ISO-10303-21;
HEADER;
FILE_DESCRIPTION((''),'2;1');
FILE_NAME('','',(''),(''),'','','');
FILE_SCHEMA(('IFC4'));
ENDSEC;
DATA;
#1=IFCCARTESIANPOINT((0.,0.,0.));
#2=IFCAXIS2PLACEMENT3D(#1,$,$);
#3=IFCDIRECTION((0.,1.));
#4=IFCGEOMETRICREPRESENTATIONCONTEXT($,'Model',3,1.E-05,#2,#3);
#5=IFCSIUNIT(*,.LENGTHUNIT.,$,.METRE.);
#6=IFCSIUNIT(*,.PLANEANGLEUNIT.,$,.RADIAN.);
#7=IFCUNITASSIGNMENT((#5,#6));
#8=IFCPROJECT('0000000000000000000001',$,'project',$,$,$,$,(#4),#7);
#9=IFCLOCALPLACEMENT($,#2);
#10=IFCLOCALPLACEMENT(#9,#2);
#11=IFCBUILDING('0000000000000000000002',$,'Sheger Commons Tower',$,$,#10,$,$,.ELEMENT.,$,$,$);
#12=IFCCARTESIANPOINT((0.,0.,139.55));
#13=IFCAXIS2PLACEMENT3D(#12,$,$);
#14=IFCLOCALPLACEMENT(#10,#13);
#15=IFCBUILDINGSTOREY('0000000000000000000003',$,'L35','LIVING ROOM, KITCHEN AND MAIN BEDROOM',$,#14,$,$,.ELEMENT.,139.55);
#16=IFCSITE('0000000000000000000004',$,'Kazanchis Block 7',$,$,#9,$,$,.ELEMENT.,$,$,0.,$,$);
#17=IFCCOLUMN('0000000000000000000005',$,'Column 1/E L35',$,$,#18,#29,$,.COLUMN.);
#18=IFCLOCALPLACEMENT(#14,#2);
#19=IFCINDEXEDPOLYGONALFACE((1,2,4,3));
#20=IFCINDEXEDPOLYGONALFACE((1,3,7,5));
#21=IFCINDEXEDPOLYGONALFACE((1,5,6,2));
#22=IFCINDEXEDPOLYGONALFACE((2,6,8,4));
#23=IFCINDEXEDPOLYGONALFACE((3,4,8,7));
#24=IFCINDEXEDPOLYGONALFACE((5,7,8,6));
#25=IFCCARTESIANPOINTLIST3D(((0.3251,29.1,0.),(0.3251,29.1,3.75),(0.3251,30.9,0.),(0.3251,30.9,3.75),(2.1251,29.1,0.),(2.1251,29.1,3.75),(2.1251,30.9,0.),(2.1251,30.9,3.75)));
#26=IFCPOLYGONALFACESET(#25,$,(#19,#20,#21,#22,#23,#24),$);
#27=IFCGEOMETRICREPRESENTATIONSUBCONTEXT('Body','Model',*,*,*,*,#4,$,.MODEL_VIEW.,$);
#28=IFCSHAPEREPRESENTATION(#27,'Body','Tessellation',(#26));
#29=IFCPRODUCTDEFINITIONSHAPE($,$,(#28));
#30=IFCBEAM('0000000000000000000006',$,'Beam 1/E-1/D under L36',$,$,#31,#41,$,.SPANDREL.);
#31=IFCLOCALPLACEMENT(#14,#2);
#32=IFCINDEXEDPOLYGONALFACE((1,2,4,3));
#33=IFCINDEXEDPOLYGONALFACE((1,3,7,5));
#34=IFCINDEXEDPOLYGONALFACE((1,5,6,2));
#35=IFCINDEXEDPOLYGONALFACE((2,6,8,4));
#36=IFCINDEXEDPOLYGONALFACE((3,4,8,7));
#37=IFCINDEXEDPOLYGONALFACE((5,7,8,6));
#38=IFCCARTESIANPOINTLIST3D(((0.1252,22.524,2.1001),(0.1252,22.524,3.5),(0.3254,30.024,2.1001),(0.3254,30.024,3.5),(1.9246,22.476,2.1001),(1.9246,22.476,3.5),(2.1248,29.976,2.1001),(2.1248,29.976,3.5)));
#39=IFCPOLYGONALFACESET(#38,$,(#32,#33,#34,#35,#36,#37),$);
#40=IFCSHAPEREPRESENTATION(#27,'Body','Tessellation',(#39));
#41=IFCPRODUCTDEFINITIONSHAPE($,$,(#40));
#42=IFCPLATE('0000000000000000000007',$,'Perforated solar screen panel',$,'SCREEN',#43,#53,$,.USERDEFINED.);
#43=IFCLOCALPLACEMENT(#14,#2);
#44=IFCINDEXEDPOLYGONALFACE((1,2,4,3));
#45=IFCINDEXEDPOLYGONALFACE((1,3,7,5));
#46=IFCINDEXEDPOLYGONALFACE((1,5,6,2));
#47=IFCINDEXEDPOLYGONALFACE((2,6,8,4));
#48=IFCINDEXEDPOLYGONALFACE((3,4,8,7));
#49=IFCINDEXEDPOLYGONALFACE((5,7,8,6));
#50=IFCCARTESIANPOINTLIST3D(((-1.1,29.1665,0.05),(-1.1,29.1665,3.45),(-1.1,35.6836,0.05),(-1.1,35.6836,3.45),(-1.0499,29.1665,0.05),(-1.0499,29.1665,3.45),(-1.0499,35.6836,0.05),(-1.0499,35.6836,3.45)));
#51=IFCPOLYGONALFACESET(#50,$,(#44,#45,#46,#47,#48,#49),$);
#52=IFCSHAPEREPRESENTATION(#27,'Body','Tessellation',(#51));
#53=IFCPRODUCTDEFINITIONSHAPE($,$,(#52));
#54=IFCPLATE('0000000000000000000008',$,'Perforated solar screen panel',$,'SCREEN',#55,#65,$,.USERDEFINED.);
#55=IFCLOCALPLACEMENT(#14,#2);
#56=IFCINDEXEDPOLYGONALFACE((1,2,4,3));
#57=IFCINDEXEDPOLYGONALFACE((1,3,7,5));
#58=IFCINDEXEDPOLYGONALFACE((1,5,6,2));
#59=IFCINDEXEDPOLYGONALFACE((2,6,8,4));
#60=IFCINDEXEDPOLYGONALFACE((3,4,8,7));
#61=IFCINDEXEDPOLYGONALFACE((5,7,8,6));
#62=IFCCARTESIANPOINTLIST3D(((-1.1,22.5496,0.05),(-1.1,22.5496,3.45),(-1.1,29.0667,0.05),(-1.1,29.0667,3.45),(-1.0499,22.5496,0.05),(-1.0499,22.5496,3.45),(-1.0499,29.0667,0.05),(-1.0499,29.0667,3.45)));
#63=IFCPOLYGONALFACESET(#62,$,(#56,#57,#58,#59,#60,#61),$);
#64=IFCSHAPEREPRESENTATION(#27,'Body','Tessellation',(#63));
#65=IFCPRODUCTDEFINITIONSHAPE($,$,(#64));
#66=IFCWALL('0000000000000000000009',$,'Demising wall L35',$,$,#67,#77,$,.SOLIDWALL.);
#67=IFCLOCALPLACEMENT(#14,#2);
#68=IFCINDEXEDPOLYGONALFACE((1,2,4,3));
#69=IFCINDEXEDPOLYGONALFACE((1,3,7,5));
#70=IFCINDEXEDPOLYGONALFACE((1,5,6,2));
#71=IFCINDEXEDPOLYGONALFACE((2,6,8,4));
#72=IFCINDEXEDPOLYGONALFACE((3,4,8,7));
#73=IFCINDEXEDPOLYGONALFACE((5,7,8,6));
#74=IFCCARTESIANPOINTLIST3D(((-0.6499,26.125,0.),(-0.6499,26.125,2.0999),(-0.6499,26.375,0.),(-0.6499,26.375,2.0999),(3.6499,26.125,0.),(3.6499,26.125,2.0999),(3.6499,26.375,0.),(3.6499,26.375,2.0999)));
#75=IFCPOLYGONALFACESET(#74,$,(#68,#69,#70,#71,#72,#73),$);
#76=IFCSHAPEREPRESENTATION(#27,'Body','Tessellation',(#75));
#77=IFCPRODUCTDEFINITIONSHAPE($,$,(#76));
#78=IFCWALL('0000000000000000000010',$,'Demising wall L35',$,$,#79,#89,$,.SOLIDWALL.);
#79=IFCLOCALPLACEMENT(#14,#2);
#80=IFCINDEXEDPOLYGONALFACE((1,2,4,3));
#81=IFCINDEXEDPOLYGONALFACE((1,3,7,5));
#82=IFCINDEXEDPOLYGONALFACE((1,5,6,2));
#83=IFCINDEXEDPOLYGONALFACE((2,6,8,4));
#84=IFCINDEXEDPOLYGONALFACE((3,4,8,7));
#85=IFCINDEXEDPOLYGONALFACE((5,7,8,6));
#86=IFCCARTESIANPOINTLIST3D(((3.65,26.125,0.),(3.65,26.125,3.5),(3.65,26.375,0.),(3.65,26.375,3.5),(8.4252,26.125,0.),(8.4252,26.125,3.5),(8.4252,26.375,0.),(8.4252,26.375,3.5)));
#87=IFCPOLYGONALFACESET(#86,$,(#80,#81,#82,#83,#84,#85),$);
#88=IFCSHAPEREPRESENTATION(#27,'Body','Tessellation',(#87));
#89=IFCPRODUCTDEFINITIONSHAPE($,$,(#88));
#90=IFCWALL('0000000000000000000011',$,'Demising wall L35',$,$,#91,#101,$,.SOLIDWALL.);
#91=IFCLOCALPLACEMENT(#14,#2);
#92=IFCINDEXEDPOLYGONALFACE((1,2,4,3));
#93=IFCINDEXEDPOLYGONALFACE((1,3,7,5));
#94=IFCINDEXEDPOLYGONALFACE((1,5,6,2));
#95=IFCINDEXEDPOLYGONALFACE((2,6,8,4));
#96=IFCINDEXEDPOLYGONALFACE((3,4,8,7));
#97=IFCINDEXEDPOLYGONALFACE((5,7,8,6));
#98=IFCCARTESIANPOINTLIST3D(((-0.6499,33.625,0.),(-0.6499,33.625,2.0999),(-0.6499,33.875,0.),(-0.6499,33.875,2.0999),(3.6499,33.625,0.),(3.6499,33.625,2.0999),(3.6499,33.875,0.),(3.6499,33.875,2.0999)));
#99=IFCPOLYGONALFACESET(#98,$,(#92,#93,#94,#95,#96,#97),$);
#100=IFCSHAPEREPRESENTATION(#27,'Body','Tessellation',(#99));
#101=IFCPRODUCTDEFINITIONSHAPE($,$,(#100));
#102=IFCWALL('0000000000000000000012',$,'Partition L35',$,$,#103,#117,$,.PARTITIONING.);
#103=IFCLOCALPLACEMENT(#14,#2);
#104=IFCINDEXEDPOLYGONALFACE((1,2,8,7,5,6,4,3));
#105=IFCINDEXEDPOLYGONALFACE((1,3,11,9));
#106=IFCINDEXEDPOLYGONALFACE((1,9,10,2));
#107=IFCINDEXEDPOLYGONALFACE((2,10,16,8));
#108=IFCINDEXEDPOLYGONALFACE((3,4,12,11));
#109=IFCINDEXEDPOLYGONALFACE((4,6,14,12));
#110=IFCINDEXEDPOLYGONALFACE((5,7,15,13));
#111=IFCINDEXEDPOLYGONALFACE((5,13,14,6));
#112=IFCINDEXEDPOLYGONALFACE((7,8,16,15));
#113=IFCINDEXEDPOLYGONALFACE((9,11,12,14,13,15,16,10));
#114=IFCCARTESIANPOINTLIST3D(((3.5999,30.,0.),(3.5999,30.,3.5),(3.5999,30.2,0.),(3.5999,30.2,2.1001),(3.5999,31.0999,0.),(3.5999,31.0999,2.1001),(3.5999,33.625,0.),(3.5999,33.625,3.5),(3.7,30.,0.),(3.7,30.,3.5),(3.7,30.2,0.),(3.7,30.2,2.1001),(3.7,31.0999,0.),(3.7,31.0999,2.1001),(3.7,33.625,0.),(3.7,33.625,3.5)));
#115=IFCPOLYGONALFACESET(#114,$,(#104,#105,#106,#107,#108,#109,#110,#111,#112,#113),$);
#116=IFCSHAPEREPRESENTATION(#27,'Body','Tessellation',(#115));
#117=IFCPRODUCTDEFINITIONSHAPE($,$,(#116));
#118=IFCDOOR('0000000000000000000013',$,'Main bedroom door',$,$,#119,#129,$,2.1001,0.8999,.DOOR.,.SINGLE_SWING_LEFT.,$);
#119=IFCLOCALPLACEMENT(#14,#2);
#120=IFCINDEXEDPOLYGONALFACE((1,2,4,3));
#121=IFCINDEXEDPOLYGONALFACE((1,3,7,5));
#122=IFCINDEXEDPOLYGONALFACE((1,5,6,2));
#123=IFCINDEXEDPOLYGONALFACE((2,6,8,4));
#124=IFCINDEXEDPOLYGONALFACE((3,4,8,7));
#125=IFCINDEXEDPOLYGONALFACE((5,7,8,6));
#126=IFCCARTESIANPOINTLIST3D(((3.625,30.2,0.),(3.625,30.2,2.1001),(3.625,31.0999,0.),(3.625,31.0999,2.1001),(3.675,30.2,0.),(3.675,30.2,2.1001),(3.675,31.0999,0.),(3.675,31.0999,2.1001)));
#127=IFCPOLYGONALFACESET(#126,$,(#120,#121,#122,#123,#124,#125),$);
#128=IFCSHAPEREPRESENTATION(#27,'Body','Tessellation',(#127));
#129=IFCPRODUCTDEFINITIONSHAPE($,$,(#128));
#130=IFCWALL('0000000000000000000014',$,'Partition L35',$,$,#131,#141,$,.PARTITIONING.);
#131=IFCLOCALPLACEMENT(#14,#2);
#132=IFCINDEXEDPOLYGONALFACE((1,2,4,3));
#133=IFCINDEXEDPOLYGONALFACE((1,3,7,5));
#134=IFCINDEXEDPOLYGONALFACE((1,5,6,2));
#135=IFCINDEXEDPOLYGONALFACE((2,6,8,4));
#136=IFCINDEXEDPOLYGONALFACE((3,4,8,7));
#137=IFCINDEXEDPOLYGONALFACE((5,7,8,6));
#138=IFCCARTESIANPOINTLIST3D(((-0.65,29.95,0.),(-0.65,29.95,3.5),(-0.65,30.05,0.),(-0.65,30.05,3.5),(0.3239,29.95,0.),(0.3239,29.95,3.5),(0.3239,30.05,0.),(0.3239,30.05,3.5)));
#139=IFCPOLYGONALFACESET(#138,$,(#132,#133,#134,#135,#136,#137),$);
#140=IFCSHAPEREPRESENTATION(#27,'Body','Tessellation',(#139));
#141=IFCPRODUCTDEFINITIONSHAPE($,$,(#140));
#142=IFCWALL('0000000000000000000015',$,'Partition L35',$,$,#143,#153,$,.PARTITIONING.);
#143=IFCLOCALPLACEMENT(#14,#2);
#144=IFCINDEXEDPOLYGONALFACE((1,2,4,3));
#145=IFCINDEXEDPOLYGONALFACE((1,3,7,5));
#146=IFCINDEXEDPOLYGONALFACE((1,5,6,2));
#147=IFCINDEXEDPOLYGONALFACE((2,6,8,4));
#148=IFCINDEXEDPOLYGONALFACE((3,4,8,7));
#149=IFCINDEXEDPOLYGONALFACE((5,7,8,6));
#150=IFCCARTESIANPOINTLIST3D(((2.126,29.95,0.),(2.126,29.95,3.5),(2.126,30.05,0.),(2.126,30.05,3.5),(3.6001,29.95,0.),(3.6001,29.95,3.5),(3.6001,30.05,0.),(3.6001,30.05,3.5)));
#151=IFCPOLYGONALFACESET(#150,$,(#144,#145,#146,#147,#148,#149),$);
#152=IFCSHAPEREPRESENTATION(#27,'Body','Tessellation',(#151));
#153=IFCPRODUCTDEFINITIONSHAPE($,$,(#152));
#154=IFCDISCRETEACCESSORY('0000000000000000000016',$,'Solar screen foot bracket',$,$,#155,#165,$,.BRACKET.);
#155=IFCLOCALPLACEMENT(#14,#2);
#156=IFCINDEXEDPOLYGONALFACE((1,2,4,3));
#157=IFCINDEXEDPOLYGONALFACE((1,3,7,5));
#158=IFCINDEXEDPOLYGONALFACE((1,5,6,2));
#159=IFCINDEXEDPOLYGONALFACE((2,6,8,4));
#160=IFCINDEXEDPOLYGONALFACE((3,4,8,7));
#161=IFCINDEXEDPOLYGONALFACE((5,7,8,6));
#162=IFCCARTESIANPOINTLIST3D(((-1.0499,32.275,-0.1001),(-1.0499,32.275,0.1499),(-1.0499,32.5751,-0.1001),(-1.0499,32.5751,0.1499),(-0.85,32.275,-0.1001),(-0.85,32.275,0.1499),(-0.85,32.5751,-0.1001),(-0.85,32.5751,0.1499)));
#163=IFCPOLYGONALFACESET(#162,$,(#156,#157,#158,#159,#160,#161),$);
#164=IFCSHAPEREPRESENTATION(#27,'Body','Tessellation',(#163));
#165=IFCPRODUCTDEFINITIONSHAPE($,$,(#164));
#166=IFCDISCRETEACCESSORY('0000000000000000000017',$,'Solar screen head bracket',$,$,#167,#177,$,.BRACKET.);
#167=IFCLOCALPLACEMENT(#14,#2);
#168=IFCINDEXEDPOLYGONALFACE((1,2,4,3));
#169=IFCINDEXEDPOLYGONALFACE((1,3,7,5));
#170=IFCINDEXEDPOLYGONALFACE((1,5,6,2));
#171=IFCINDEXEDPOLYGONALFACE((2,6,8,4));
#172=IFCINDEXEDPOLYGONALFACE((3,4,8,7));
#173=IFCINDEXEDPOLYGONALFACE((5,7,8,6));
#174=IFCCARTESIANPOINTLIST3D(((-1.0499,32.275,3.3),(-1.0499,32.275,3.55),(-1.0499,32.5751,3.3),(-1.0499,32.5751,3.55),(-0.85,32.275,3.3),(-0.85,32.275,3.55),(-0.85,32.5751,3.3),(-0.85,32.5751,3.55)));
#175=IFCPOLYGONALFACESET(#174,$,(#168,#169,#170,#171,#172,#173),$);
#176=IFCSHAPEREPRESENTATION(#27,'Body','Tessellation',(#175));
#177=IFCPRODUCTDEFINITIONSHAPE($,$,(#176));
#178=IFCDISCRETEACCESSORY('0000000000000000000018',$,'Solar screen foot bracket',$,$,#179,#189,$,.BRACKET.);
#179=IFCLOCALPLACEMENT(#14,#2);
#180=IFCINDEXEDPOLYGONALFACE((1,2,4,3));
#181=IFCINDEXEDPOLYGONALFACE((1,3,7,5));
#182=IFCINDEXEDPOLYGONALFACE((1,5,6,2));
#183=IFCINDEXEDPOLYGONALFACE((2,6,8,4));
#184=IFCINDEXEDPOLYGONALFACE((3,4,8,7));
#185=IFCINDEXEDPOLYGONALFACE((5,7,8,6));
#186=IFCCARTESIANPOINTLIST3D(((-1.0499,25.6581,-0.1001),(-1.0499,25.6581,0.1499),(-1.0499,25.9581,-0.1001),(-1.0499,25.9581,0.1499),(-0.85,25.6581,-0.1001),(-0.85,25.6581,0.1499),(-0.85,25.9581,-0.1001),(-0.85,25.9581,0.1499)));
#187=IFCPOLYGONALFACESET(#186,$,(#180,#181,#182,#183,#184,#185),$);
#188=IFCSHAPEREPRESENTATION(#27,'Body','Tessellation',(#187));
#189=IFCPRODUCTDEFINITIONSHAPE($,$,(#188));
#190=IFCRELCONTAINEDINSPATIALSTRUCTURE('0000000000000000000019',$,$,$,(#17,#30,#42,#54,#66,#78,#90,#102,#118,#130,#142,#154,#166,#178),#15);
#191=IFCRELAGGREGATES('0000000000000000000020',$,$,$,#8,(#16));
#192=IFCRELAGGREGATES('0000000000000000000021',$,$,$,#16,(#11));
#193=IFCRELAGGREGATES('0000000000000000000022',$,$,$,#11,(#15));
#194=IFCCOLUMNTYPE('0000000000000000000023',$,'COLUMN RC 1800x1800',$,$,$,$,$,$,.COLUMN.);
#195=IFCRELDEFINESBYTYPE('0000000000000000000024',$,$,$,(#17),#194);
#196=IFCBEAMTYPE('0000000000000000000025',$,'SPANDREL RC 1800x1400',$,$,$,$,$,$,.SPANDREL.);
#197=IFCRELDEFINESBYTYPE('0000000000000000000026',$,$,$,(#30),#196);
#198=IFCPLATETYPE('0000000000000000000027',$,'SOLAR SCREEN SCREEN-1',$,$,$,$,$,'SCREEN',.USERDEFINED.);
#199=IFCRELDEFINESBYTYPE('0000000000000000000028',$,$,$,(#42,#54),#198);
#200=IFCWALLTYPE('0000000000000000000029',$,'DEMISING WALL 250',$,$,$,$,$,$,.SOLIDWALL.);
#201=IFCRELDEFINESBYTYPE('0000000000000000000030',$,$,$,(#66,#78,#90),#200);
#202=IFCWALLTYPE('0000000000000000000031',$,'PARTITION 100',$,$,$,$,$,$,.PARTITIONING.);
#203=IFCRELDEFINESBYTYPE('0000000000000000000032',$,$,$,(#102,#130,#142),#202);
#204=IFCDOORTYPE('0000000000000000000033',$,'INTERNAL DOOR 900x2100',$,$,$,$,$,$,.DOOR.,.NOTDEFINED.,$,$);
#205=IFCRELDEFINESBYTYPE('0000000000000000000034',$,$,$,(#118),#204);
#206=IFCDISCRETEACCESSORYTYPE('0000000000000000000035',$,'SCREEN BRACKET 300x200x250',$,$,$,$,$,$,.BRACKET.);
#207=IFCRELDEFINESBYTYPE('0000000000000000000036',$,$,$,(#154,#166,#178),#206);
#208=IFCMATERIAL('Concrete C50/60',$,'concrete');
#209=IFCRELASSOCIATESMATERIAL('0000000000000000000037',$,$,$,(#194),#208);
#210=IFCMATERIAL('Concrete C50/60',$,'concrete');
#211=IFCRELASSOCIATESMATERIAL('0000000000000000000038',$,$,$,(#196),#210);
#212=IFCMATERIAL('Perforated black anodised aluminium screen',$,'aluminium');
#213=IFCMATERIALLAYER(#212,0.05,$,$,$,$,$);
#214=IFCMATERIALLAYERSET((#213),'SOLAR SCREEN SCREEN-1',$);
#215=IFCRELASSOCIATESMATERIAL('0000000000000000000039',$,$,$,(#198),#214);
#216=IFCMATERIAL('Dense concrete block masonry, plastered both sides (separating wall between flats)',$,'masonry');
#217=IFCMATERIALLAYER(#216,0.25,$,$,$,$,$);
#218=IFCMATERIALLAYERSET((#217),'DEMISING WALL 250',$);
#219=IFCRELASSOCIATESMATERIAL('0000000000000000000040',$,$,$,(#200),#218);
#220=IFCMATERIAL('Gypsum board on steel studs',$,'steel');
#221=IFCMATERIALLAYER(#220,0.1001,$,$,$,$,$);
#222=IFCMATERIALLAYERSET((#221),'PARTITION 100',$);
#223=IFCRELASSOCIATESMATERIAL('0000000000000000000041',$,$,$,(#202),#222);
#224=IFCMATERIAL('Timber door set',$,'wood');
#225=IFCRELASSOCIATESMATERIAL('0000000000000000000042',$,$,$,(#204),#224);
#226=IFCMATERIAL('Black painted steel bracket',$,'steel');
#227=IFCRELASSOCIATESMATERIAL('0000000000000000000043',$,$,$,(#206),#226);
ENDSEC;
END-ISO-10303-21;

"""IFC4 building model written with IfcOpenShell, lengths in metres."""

from ifc_helpers import new_model, si_unit, direction, frame, frame_2d, origin, origin_2d, place, context, subcontext, project, spatial, rectangle, extrude, material, layer, layer_set, material_profile, profile_set, type_object, element, fill, save


model = new_model("IFC4")

# Units and contexts
model_context = context("Model", 3, precision=1e-05, world=origin(), true_north=direction((0.0, 1.0)))
body_context = subcontext(model_context, "Body", "Model", "MODEL_VIEW")
ifc_project = project(units=[si_unit("LENGTHUNIT", "METRE"), si_unit("PLANEANGLEUNIT", "RADIAN")], contexts=[model_context])

# Site, building, storey
site_placement = place(None, origin())
site = spatial("IfcSite", under=ifc_project, at=site_placement, Name="Kazanchis Block 7", CompositionType="ELEMENT", RefElevation=0.0)
building_placement = place(site_placement, origin())
building = spatial("IfcBuilding", under=site, at=building_placement, Name="Sheger Commons Tower", CompositionType="ELEMENT")
storey_placement = place(building_placement, frame((0.0, 0.0, 139.55)))
storey = spatial("IfcBuildingStorey", under=building, at=storey_placement, Name="L35", Description="LIVING ROOM, KITCHEN AND MAIN BEDROOM", CompositionType="ELEMENT", Elevation=139.55)

# Column
ifc_material_1 = material(Name="Concrete C50/60", Category="concrete")
ifc_material_profile_1 = material_profile(ifc_material_1, rectangle(XDim=1.8, YDim=1.8, at=origin_2d()), Name="RC 1800x1800")
ifc_profile_set_1 = profile_set([ifc_material_profile_1], Name="Concrete C50/60")
column_type = type_object("IfcColumnType", Name="COLUMN RC 1800x1800", PredefinedType="COLUMN", material=ifc_profile_set_1)
column_placement = place(storey_placement, frame((1.2251, 30.0, 0.0), z_axis=(0.0, 0.0, 1.0), x_axis=(1.0, 0.0, 0.0)))
element("IfcColumn", 1, at=column_placement, inside=storey, type_object=column_type, Name="Column 1/E L35", PredefinedType="COLUMN", context=body_context, shape_type="SweptSolid", body=[
    extrude(rectangle(XDim=1.8, YDim=1.8, at=origin_2d()), origin(), (0.0, 0.0, 1.0), 3.75),
])

# Beam
ifc_material_2 = material(Name="Concrete C50/60", Category="concrete")
ifc_material_profile_2 = material_profile(ifc_material_2, rectangle(XDim=1.8, YDim=1.3999, at=origin_2d()), Name="RC 1800x1400")
ifc_profile_set_2 = profile_set([ifc_material_profile_2], Name="Concrete C50/60")
beam_type = type_object("IfcBeamType", Name="SPANDREL RC 1800x1400", PredefinedType="SPANDREL", material=ifc_profile_set_2)
beam_placement = place(storey_placement, frame((1.2251, 30.0, 2.8), z_axis=(-0.026683, -0.999644, 0.0), x_axis=(0.999644, -0.026683, 0.0)))
element("IfcBeam", 2, at=beam_placement, inside=storey, type_object=beam_type, Name="Beam 1/E-1/D under L36", PredefinedType="SPANDREL", context=body_context, shape_type="SweptSolid", body=[
    extrude(rectangle(XDim=1.8, YDim=1.3999, at=origin_2d()), origin(), (0.0, 0.0, 1.0), 7.5027),
])

# Plates
ifc_material_3 = material(Name="Perforated black anodised aluminium screen", Category="aluminium")
ifc_layer_1 = layer(ifc_material_3, 0.05)
ifc_layer_set_1 = layer_set([ifc_layer_1], Name="SOLAR SCREEN SCREEN-1")
plate_type = type_object("IfcPlateType", Name="SOLAR SCREEN SCREEN-1", ElementType="SCREEN", PredefinedType="USERDEFINED", material=ifc_layer_set_1)
for number, where, z_axis, x_axis, name in (
    (3, (-1.075, 32.425, 0.05), (0.0, 0.0, 1.0), (0.0, -1.0, 0.0), "Perforated solar screen panel"),
    (4, (-1.075, 25.8081, 0.05), (0.0, 0.0, 1.0), (0.0, -1.0, 0.0), "Perforated solar screen panel"),
):
    element("IfcPlate", number, at=place(storey_placement, frame(where, z_axis=z_axis, x_axis=x_axis)), inside=storey, type_object=plate_type, Name=name, ObjectType="SCREEN", PredefinedType="USERDEFINED", context=body_context, shape_type="SweptSolid", body=[
        extrude(rectangle(XDim=6.5171, YDim=0.05, at=origin_2d()), origin(), (0.0, 0.0, 1.0), 3.3999),
    ])

# Walls
ifc_material_4 = material(Name="Dense concrete block masonry, plastered both sides (separating wall between flats)", Category="masonry")
ifc_layer_2 = layer(ifc_material_4, 0.25)
ifc_layer_set_2 = layer_set([ifc_layer_2], Name="DEMISING WALL 250")
wall_type_1 = type_object("IfcWallType", Name="DEMISING WALL 250", PredefinedType="SOLIDWALL", material=ifc_layer_set_2)
wall_1_placement = place(storey_placement, frame((-0.6499, 26.25, 0.0), z_axis=(0.0, 0.0, 1.0), x_axis=(1.0, 0.0, 0.0)))
element("IfcWall", 5, at=wall_1_placement, inside=storey, type_object=wall_type_1, Name="Demising wall L35", PredefinedType="SOLIDWALL", context=body_context, shape_type="SweptSolid", body=[
    extrude(rectangle(XDim=4.2998, YDim=0.25, at=frame_2d((2.1499, 0.0))), origin(), (0.0, 0.0, 1.0), 2.0999),
])
wall_2_placement = place(storey_placement, frame((3.6499, 26.25, 0.0), z_axis=(0.0, 0.0, 1.0), x_axis=(1.0, 0.0, 0.0)))
element("IfcWall", 6, at=wall_2_placement, inside=storey, type_object=wall_type_1, Name="Demising wall L35", PredefinedType="SOLIDWALL", context=body_context, shape_type="SweptSolid", body=[
    extrude(rectangle(XDim=4.7751, YDim=0.25, at=frame_2d((2.3877, 0.0))), origin(), (0.0, 0.0, 1.0), 3.5),
])
wall_3_placement = place(storey_placement, frame((-0.6499, 33.75, 0.0), z_axis=(0.0, 0.0, 1.0), x_axis=(1.0, 0.0, 0.0)))
element("IfcWall", 7, at=wall_3_placement, inside=storey, type_object=wall_type_1, Name="Demising wall L35", PredefinedType="SOLIDWALL", context=body_context, shape_type="SweptSolid", body=[
    extrude(rectangle(XDim=4.2998, YDim=0.25, at=frame_2d((2.1499, 0.0))), origin(), (0.0, 0.0, 1.0), 2.0999),
])

# Wall, opening, door
ifc_material_5 = material(Name="Gypsum board on steel studs", Category="steel")
ifc_layer_3 = layer(ifc_material_5, 0.1001)
ifc_layer_set_3 = layer_set([ifc_layer_3], Name="PARTITION 100")
wall_type_2 = type_object("IfcWallType", Name="PARTITION 100", PredefinedType="PARTITIONING", material=ifc_layer_set_3)
wall_4_placement = place(storey_placement, frame((3.6499, 30.0, 0.0), z_axis=(0.0, 0.0, 1.0), x_axis=(0.0, 1.0, 0.0)))
wall_4 = element("IfcWall", 8, at=wall_4_placement, inside=storey, type_object=wall_type_2, Name="Partition L35", PredefinedType="PARTITIONING", context=body_context, shape_type="SweptSolid", body=[
    extrude(rectangle(XDim=3.625, YDim=0.1001, at=frame_2d((1.8125, 0.0))), origin(), (0.0, 0.0, 1.0), 3.5),
])
opening_placement = place(wall_4_placement, frame((0.2, 0.0, 0.0)))
opening = element("IfcOpeningElement", 9, at=opening_placement, cuts=wall_4, PredefinedType="OPENING", context=body_context, shape_type="SweptSolid", body=[
    extrude(rectangle(XDim=0.8999, YDim=2.1001, at=frame_2d((0.45, 1.05))), frame((0.0, 0.0601, 0.0), z_axis=(0.0, -1.0, 0.0), x_axis=(1.0, 0.0, 0.0)), (0.0, 0.0, 1.0), 0.1201),
])
ifc_material_6 = material(Name="Timber door set", Category="wood")
door_type = type_object("IfcDoorType", Name="INTERNAL DOOR 900x2100", OperationType="NOTDEFINED", PredefinedType="DOOR", material=ifc_material_6)
door_placement = place(opening_placement, origin())
door = element("IfcDoor", 10, at=door_placement, inside=storey, type_object=door_type, Name="Main bedroom door", OperationType="SINGLE_SWING_LEFT", OverallHeight=2.1001, OverallWidth=0.8999, PredefinedType="DOOR", context=body_context, shape_type="SweptSolid", body=[
    extrude(rectangle(XDim=0.8999, YDim=2.1001, at=frame_2d((0.45, 1.05))), frame((0.0, 0.0249, 0.0), z_axis=(0.0, -1.0, 0.0), x_axis=(1.0, 0.0, 0.0)), (0.0, 0.0, 1.0), 0.05),
])
fill(opening, door)

# Walls
wall_5_placement = place(storey_placement, frame((-0.6499, 30.0, 0.0), z_axis=(0.0, 0.0, 1.0), x_axis=(1.0, 0.0, 0.0)))
element("IfcWall", 11, at=wall_5_placement, inside=storey, type_object=wall_type_2, Name="Partition L35", PredefinedType="PARTITIONING", context=body_context, shape_type="SweptSolid", body=[
    extrude(rectangle(XDim=0.9739, YDim=0.1001, at=frame_2d((0.4868, 0.0))), origin(), (0.0, 0.0, 1.0), 3.5),
])
wall_6_placement = place(storey_placement, frame((2.126, 30.0, 0.0), z_axis=(0.0, 0.0, 1.0), x_axis=(1.0, 0.0, 0.0)))
element("IfcWall", 12, at=wall_6_placement, inside=storey, type_object=wall_type_2, Name="Partition L35", PredefinedType="PARTITIONING", context=body_context, shape_type="SweptSolid", body=[
    extrude(rectangle(XDim=1.4741, YDim=0.1001, at=frame_2d((0.7371, 0.0))), origin(), (0.0, 0.0, 1.0), 3.5),
])

# Discrete accessories
ifc_material_7 = material(Name="Black painted steel bracket", Category="steel")
discrete_accessory_type = type_object("IfcDiscreteAccessoryType", Name="SCREEN BRACKET 300x200x250", PredefinedType="BRACKET", material=ifc_material_7)
for number, where, z_axis, x_axis, name in (
    (13, (-0.95, 32.425, -0.1001), (0.0, 0.0, 1.0), (0.0, -1.0, 0.0), "Solar screen foot bracket"),
    (14, (-0.95, 32.425, 3.3), (0.0, 0.0, 1.0), (0.0, -1.0, 0.0), "Solar screen head bracket"),
    (15, (-0.95, 25.8081, -0.1001), (0.0, 0.0, 1.0), (0.0, -1.0, 0.0), "Solar screen foot bracket"),
):
    element("IfcDiscreteAccessory", number, at=place(storey_placement, frame(where, z_axis=z_axis, x_axis=x_axis)), inside=storey, type_object=discrete_accessory_type, Name=name, PredefinedType="BRACKET", context=body_context, shape_type="SweptSolid", body=[
        extrude(rectangle(XDim=0.3, YDim=0.2, at=origin_2d()), origin(), (0.0, 0.0, 1.0), 0.25),
    ])

save(model, "model.ifc")
